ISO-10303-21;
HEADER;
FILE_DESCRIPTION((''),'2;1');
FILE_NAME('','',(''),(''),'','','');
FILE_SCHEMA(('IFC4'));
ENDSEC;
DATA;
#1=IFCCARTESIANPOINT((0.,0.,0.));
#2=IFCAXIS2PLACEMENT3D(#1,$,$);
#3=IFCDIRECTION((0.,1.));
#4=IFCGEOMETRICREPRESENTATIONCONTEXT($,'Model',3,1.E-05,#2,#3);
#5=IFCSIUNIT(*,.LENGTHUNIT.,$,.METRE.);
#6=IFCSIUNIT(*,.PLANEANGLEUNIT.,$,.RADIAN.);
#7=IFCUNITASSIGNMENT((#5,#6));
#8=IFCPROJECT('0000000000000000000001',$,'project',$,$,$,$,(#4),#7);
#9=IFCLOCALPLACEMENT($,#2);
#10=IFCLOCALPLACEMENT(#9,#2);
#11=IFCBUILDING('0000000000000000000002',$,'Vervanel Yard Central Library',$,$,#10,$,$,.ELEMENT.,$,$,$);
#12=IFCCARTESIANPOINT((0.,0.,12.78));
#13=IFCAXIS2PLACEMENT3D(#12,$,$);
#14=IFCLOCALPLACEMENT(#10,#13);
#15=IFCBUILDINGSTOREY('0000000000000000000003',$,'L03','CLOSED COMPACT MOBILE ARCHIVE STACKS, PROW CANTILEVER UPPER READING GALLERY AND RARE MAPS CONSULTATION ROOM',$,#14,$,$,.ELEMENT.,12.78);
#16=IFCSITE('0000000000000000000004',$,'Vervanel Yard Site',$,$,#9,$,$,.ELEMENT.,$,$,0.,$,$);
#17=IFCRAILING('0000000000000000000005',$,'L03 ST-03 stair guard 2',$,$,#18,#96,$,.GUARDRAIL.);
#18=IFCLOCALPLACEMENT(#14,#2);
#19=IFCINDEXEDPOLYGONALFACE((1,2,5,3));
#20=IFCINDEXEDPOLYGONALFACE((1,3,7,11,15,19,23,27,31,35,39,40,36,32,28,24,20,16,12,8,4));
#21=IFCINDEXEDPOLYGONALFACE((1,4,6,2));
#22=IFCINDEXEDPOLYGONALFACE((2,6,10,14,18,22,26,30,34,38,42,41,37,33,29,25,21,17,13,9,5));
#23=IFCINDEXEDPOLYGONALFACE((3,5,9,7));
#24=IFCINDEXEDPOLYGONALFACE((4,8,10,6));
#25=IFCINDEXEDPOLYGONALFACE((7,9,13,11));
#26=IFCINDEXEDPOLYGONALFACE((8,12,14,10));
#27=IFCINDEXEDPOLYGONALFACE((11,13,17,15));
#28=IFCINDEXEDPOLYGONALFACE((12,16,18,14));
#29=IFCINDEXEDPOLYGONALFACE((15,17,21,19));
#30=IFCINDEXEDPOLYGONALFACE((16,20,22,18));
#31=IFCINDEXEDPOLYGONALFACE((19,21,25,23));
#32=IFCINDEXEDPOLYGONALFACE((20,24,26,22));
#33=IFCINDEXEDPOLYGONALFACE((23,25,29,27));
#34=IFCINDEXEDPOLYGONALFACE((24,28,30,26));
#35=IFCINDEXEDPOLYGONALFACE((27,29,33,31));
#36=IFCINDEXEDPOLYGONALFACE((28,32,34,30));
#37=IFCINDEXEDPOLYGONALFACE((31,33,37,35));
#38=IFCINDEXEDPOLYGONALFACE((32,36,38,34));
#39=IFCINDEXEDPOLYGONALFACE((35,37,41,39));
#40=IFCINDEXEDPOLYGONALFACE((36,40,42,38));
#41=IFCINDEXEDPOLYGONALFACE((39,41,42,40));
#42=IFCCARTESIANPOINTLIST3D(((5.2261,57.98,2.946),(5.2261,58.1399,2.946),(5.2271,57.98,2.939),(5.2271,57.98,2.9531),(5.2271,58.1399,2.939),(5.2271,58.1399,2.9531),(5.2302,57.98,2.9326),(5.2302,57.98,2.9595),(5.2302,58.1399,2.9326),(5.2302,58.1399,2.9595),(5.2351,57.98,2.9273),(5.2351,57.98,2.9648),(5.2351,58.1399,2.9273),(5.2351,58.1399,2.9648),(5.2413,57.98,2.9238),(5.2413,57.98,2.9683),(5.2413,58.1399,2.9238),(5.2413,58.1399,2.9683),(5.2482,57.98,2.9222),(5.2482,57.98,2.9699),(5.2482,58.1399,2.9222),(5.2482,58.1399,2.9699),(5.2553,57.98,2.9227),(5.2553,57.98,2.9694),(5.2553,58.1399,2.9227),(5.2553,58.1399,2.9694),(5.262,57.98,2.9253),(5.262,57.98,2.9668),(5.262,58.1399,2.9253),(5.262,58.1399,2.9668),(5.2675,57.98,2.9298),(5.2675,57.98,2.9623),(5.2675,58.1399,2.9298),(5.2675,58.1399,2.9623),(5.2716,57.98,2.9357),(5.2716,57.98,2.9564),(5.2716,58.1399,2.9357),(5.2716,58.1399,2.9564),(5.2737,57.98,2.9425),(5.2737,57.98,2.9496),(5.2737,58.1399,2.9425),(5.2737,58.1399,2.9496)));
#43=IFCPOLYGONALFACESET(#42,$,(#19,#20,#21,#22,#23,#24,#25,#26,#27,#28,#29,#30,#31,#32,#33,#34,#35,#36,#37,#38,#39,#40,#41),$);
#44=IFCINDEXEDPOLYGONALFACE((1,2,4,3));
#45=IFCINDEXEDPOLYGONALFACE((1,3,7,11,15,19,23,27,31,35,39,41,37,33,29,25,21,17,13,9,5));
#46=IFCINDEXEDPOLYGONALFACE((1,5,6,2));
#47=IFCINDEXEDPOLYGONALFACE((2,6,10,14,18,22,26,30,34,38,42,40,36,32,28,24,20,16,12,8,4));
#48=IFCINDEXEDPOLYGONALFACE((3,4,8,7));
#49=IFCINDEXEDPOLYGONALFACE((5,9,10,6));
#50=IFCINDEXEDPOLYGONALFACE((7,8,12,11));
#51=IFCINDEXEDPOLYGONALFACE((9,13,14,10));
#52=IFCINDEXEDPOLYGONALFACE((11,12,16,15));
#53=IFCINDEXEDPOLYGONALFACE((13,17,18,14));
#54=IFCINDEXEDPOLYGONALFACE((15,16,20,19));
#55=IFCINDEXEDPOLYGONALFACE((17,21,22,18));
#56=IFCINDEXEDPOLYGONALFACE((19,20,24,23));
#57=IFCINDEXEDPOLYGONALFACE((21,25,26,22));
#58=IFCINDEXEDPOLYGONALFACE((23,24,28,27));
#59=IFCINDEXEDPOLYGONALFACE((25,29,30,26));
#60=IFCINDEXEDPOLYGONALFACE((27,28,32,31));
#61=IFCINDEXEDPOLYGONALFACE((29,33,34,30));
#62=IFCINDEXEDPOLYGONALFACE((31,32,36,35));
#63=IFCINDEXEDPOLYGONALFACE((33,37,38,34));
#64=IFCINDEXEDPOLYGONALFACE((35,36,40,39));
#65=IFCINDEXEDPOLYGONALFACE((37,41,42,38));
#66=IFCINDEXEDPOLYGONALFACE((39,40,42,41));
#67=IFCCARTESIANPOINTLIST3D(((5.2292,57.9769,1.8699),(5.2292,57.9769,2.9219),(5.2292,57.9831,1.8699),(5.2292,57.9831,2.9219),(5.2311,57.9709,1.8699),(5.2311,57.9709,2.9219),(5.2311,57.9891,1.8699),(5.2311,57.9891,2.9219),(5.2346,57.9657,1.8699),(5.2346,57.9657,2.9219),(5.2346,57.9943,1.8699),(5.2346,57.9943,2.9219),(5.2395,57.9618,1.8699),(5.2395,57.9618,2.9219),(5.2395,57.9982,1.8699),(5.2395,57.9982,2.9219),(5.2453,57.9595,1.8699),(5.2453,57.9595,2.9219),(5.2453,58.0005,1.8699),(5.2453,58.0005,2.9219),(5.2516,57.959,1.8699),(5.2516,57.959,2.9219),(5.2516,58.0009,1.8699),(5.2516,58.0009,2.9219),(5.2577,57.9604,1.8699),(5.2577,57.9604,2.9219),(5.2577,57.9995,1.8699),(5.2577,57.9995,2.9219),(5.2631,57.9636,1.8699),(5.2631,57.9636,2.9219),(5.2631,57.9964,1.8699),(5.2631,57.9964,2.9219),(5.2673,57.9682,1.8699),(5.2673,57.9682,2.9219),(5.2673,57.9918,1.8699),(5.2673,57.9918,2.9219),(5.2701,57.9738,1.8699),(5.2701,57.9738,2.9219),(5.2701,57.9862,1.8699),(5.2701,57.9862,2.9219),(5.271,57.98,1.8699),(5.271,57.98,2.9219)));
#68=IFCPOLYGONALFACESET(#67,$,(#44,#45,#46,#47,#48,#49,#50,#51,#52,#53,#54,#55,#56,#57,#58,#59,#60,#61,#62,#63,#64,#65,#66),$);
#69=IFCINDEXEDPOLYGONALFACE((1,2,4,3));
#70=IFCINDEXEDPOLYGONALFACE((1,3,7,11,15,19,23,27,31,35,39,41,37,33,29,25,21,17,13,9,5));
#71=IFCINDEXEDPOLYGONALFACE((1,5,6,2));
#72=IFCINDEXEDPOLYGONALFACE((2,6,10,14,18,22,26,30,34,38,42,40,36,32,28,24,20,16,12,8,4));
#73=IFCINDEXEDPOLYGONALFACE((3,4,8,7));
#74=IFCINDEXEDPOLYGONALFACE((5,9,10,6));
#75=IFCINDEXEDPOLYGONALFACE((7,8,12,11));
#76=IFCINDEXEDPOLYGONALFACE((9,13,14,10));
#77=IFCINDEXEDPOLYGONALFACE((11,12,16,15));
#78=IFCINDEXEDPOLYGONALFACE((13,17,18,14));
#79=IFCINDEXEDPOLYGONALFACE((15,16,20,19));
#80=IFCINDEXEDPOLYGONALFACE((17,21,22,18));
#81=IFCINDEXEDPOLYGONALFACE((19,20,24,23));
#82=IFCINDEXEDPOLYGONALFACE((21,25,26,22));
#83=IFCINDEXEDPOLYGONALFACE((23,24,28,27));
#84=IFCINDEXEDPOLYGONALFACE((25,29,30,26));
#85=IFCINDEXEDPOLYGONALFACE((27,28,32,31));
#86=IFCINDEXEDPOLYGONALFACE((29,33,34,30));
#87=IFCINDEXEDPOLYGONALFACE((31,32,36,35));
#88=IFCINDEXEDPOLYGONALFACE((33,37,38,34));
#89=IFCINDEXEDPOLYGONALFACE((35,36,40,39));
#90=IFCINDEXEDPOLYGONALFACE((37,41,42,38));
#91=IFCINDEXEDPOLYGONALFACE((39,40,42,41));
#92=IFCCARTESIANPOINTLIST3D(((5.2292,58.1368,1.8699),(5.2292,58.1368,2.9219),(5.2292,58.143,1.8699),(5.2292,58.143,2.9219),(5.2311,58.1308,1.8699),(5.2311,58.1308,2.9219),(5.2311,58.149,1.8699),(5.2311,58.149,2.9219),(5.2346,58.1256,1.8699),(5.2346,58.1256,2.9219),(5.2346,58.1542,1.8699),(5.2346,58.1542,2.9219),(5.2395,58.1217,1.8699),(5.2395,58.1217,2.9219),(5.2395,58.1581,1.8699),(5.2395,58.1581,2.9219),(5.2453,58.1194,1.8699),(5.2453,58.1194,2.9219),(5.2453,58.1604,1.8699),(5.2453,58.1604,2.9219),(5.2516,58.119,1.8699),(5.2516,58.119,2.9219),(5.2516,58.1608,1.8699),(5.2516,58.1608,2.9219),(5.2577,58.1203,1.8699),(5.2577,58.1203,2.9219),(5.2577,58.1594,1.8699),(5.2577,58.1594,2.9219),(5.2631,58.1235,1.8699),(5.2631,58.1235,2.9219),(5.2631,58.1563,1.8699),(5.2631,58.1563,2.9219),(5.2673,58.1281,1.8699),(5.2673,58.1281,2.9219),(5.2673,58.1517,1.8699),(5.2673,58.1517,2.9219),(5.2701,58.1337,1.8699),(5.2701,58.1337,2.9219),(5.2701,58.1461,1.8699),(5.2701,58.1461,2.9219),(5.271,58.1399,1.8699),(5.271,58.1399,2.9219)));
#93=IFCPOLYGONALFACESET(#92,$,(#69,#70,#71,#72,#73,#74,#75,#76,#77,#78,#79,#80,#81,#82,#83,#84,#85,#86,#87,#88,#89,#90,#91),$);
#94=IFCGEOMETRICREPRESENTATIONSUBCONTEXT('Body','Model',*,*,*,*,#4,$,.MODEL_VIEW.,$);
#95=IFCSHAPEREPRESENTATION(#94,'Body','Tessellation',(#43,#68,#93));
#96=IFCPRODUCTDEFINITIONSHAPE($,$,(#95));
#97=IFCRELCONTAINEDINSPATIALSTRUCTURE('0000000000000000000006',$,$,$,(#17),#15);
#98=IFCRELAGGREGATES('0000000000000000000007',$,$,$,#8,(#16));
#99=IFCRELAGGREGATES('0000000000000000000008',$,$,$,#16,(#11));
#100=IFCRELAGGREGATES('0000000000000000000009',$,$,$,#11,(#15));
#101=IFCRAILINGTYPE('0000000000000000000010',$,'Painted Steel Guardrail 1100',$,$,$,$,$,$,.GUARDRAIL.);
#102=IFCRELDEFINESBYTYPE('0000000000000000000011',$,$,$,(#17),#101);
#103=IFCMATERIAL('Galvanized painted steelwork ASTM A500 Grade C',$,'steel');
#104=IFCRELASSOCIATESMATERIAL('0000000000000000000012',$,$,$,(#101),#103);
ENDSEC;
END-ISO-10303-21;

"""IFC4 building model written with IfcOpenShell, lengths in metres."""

from ifc_helpers import new_model, si_unit, direction, frame, origin, origin_2d, place, context, subcontext, project, spatial, circle, extrude, material, type_object, element, save


model = new_model("IFC4")

# Units and contexts
model_context = context("Model", 3, precision=1e-05, world=origin(), true_north=direction((0.0, 1.0)))
body_context = subcontext(model_context, "Body", "Model", "MODEL_VIEW")
ifc_project = project(units=[si_unit("LENGTHUNIT", "METRE"), si_unit("PLANEANGLEUNIT", "RADIAN")], contexts=[model_context])

# Site, building, storey
site_placement = place(None, origin())
site = spatial("IfcSite", under=ifc_project, at=site_placement, Name="Vervanel Yard Site", CompositionType="ELEMENT", RefElevation=0.0)
building_placement = place(site_placement, origin())
building = spatial("IfcBuilding", under=site, at=building_placement, Name="Vervanel Yard Central Library", CompositionType="ELEMENT")
storey_placement = place(building_placement, frame((0.0, 0.0, 12.78)))
storey = spatial("IfcBuildingStorey", under=building, at=storey_placement, Name="L03", Description="CLOSED COMPACT MOBILE ARCHIVE STACKS, PROW CANTILEVER UPPER READING GALLERY AND RARE MAPS CONSULTATION ROOM", CompositionType="ELEMENT", Elevation=12.78)

# Shared definitions
ifc_material_1 = material(Name="Galvanized painted steelwork ASTM A500 Grade C", Category="steel")

# Railing
railing_type_1 = type_object("IfcRailingType", Name="Painted Steel Guardrail 1100", PredefinedType="GUARDRAIL", material=ifc_material_1)
railing_1_placement = place(storey_placement, frame((5.25, 57.98, 1.8699)))
element("IfcRailing", 1, at=railing_1_placement, inside=storey, type_object=railing_type_1, Name="L03 ST-03 stair guard 2", PredefinedType="GUARDRAIL", context=body_context, shape_type="SweptSolid", body=[
    extrude(circle(Radius=0.0239, at=origin_2d()), frame((0.0, 0.0, 1.0762), z_axis=(0.0, 1.0, 0.0), x_axis=(-1.0, 0.0, 0.0)), (0.0, 0.0, 1.0), 0.1599),
    extrude(circle(Radius=0.021, at=origin_2d()), origin(), (0.0, 0.0, 1.0), 1.052),
    extrude(circle(Radius=0.021, at=origin_2d()), frame((0.0, 0.1599, 0.0)), (0.0, 0.0, 1.0), 1.052),
])

save(model, "model.ifc")
